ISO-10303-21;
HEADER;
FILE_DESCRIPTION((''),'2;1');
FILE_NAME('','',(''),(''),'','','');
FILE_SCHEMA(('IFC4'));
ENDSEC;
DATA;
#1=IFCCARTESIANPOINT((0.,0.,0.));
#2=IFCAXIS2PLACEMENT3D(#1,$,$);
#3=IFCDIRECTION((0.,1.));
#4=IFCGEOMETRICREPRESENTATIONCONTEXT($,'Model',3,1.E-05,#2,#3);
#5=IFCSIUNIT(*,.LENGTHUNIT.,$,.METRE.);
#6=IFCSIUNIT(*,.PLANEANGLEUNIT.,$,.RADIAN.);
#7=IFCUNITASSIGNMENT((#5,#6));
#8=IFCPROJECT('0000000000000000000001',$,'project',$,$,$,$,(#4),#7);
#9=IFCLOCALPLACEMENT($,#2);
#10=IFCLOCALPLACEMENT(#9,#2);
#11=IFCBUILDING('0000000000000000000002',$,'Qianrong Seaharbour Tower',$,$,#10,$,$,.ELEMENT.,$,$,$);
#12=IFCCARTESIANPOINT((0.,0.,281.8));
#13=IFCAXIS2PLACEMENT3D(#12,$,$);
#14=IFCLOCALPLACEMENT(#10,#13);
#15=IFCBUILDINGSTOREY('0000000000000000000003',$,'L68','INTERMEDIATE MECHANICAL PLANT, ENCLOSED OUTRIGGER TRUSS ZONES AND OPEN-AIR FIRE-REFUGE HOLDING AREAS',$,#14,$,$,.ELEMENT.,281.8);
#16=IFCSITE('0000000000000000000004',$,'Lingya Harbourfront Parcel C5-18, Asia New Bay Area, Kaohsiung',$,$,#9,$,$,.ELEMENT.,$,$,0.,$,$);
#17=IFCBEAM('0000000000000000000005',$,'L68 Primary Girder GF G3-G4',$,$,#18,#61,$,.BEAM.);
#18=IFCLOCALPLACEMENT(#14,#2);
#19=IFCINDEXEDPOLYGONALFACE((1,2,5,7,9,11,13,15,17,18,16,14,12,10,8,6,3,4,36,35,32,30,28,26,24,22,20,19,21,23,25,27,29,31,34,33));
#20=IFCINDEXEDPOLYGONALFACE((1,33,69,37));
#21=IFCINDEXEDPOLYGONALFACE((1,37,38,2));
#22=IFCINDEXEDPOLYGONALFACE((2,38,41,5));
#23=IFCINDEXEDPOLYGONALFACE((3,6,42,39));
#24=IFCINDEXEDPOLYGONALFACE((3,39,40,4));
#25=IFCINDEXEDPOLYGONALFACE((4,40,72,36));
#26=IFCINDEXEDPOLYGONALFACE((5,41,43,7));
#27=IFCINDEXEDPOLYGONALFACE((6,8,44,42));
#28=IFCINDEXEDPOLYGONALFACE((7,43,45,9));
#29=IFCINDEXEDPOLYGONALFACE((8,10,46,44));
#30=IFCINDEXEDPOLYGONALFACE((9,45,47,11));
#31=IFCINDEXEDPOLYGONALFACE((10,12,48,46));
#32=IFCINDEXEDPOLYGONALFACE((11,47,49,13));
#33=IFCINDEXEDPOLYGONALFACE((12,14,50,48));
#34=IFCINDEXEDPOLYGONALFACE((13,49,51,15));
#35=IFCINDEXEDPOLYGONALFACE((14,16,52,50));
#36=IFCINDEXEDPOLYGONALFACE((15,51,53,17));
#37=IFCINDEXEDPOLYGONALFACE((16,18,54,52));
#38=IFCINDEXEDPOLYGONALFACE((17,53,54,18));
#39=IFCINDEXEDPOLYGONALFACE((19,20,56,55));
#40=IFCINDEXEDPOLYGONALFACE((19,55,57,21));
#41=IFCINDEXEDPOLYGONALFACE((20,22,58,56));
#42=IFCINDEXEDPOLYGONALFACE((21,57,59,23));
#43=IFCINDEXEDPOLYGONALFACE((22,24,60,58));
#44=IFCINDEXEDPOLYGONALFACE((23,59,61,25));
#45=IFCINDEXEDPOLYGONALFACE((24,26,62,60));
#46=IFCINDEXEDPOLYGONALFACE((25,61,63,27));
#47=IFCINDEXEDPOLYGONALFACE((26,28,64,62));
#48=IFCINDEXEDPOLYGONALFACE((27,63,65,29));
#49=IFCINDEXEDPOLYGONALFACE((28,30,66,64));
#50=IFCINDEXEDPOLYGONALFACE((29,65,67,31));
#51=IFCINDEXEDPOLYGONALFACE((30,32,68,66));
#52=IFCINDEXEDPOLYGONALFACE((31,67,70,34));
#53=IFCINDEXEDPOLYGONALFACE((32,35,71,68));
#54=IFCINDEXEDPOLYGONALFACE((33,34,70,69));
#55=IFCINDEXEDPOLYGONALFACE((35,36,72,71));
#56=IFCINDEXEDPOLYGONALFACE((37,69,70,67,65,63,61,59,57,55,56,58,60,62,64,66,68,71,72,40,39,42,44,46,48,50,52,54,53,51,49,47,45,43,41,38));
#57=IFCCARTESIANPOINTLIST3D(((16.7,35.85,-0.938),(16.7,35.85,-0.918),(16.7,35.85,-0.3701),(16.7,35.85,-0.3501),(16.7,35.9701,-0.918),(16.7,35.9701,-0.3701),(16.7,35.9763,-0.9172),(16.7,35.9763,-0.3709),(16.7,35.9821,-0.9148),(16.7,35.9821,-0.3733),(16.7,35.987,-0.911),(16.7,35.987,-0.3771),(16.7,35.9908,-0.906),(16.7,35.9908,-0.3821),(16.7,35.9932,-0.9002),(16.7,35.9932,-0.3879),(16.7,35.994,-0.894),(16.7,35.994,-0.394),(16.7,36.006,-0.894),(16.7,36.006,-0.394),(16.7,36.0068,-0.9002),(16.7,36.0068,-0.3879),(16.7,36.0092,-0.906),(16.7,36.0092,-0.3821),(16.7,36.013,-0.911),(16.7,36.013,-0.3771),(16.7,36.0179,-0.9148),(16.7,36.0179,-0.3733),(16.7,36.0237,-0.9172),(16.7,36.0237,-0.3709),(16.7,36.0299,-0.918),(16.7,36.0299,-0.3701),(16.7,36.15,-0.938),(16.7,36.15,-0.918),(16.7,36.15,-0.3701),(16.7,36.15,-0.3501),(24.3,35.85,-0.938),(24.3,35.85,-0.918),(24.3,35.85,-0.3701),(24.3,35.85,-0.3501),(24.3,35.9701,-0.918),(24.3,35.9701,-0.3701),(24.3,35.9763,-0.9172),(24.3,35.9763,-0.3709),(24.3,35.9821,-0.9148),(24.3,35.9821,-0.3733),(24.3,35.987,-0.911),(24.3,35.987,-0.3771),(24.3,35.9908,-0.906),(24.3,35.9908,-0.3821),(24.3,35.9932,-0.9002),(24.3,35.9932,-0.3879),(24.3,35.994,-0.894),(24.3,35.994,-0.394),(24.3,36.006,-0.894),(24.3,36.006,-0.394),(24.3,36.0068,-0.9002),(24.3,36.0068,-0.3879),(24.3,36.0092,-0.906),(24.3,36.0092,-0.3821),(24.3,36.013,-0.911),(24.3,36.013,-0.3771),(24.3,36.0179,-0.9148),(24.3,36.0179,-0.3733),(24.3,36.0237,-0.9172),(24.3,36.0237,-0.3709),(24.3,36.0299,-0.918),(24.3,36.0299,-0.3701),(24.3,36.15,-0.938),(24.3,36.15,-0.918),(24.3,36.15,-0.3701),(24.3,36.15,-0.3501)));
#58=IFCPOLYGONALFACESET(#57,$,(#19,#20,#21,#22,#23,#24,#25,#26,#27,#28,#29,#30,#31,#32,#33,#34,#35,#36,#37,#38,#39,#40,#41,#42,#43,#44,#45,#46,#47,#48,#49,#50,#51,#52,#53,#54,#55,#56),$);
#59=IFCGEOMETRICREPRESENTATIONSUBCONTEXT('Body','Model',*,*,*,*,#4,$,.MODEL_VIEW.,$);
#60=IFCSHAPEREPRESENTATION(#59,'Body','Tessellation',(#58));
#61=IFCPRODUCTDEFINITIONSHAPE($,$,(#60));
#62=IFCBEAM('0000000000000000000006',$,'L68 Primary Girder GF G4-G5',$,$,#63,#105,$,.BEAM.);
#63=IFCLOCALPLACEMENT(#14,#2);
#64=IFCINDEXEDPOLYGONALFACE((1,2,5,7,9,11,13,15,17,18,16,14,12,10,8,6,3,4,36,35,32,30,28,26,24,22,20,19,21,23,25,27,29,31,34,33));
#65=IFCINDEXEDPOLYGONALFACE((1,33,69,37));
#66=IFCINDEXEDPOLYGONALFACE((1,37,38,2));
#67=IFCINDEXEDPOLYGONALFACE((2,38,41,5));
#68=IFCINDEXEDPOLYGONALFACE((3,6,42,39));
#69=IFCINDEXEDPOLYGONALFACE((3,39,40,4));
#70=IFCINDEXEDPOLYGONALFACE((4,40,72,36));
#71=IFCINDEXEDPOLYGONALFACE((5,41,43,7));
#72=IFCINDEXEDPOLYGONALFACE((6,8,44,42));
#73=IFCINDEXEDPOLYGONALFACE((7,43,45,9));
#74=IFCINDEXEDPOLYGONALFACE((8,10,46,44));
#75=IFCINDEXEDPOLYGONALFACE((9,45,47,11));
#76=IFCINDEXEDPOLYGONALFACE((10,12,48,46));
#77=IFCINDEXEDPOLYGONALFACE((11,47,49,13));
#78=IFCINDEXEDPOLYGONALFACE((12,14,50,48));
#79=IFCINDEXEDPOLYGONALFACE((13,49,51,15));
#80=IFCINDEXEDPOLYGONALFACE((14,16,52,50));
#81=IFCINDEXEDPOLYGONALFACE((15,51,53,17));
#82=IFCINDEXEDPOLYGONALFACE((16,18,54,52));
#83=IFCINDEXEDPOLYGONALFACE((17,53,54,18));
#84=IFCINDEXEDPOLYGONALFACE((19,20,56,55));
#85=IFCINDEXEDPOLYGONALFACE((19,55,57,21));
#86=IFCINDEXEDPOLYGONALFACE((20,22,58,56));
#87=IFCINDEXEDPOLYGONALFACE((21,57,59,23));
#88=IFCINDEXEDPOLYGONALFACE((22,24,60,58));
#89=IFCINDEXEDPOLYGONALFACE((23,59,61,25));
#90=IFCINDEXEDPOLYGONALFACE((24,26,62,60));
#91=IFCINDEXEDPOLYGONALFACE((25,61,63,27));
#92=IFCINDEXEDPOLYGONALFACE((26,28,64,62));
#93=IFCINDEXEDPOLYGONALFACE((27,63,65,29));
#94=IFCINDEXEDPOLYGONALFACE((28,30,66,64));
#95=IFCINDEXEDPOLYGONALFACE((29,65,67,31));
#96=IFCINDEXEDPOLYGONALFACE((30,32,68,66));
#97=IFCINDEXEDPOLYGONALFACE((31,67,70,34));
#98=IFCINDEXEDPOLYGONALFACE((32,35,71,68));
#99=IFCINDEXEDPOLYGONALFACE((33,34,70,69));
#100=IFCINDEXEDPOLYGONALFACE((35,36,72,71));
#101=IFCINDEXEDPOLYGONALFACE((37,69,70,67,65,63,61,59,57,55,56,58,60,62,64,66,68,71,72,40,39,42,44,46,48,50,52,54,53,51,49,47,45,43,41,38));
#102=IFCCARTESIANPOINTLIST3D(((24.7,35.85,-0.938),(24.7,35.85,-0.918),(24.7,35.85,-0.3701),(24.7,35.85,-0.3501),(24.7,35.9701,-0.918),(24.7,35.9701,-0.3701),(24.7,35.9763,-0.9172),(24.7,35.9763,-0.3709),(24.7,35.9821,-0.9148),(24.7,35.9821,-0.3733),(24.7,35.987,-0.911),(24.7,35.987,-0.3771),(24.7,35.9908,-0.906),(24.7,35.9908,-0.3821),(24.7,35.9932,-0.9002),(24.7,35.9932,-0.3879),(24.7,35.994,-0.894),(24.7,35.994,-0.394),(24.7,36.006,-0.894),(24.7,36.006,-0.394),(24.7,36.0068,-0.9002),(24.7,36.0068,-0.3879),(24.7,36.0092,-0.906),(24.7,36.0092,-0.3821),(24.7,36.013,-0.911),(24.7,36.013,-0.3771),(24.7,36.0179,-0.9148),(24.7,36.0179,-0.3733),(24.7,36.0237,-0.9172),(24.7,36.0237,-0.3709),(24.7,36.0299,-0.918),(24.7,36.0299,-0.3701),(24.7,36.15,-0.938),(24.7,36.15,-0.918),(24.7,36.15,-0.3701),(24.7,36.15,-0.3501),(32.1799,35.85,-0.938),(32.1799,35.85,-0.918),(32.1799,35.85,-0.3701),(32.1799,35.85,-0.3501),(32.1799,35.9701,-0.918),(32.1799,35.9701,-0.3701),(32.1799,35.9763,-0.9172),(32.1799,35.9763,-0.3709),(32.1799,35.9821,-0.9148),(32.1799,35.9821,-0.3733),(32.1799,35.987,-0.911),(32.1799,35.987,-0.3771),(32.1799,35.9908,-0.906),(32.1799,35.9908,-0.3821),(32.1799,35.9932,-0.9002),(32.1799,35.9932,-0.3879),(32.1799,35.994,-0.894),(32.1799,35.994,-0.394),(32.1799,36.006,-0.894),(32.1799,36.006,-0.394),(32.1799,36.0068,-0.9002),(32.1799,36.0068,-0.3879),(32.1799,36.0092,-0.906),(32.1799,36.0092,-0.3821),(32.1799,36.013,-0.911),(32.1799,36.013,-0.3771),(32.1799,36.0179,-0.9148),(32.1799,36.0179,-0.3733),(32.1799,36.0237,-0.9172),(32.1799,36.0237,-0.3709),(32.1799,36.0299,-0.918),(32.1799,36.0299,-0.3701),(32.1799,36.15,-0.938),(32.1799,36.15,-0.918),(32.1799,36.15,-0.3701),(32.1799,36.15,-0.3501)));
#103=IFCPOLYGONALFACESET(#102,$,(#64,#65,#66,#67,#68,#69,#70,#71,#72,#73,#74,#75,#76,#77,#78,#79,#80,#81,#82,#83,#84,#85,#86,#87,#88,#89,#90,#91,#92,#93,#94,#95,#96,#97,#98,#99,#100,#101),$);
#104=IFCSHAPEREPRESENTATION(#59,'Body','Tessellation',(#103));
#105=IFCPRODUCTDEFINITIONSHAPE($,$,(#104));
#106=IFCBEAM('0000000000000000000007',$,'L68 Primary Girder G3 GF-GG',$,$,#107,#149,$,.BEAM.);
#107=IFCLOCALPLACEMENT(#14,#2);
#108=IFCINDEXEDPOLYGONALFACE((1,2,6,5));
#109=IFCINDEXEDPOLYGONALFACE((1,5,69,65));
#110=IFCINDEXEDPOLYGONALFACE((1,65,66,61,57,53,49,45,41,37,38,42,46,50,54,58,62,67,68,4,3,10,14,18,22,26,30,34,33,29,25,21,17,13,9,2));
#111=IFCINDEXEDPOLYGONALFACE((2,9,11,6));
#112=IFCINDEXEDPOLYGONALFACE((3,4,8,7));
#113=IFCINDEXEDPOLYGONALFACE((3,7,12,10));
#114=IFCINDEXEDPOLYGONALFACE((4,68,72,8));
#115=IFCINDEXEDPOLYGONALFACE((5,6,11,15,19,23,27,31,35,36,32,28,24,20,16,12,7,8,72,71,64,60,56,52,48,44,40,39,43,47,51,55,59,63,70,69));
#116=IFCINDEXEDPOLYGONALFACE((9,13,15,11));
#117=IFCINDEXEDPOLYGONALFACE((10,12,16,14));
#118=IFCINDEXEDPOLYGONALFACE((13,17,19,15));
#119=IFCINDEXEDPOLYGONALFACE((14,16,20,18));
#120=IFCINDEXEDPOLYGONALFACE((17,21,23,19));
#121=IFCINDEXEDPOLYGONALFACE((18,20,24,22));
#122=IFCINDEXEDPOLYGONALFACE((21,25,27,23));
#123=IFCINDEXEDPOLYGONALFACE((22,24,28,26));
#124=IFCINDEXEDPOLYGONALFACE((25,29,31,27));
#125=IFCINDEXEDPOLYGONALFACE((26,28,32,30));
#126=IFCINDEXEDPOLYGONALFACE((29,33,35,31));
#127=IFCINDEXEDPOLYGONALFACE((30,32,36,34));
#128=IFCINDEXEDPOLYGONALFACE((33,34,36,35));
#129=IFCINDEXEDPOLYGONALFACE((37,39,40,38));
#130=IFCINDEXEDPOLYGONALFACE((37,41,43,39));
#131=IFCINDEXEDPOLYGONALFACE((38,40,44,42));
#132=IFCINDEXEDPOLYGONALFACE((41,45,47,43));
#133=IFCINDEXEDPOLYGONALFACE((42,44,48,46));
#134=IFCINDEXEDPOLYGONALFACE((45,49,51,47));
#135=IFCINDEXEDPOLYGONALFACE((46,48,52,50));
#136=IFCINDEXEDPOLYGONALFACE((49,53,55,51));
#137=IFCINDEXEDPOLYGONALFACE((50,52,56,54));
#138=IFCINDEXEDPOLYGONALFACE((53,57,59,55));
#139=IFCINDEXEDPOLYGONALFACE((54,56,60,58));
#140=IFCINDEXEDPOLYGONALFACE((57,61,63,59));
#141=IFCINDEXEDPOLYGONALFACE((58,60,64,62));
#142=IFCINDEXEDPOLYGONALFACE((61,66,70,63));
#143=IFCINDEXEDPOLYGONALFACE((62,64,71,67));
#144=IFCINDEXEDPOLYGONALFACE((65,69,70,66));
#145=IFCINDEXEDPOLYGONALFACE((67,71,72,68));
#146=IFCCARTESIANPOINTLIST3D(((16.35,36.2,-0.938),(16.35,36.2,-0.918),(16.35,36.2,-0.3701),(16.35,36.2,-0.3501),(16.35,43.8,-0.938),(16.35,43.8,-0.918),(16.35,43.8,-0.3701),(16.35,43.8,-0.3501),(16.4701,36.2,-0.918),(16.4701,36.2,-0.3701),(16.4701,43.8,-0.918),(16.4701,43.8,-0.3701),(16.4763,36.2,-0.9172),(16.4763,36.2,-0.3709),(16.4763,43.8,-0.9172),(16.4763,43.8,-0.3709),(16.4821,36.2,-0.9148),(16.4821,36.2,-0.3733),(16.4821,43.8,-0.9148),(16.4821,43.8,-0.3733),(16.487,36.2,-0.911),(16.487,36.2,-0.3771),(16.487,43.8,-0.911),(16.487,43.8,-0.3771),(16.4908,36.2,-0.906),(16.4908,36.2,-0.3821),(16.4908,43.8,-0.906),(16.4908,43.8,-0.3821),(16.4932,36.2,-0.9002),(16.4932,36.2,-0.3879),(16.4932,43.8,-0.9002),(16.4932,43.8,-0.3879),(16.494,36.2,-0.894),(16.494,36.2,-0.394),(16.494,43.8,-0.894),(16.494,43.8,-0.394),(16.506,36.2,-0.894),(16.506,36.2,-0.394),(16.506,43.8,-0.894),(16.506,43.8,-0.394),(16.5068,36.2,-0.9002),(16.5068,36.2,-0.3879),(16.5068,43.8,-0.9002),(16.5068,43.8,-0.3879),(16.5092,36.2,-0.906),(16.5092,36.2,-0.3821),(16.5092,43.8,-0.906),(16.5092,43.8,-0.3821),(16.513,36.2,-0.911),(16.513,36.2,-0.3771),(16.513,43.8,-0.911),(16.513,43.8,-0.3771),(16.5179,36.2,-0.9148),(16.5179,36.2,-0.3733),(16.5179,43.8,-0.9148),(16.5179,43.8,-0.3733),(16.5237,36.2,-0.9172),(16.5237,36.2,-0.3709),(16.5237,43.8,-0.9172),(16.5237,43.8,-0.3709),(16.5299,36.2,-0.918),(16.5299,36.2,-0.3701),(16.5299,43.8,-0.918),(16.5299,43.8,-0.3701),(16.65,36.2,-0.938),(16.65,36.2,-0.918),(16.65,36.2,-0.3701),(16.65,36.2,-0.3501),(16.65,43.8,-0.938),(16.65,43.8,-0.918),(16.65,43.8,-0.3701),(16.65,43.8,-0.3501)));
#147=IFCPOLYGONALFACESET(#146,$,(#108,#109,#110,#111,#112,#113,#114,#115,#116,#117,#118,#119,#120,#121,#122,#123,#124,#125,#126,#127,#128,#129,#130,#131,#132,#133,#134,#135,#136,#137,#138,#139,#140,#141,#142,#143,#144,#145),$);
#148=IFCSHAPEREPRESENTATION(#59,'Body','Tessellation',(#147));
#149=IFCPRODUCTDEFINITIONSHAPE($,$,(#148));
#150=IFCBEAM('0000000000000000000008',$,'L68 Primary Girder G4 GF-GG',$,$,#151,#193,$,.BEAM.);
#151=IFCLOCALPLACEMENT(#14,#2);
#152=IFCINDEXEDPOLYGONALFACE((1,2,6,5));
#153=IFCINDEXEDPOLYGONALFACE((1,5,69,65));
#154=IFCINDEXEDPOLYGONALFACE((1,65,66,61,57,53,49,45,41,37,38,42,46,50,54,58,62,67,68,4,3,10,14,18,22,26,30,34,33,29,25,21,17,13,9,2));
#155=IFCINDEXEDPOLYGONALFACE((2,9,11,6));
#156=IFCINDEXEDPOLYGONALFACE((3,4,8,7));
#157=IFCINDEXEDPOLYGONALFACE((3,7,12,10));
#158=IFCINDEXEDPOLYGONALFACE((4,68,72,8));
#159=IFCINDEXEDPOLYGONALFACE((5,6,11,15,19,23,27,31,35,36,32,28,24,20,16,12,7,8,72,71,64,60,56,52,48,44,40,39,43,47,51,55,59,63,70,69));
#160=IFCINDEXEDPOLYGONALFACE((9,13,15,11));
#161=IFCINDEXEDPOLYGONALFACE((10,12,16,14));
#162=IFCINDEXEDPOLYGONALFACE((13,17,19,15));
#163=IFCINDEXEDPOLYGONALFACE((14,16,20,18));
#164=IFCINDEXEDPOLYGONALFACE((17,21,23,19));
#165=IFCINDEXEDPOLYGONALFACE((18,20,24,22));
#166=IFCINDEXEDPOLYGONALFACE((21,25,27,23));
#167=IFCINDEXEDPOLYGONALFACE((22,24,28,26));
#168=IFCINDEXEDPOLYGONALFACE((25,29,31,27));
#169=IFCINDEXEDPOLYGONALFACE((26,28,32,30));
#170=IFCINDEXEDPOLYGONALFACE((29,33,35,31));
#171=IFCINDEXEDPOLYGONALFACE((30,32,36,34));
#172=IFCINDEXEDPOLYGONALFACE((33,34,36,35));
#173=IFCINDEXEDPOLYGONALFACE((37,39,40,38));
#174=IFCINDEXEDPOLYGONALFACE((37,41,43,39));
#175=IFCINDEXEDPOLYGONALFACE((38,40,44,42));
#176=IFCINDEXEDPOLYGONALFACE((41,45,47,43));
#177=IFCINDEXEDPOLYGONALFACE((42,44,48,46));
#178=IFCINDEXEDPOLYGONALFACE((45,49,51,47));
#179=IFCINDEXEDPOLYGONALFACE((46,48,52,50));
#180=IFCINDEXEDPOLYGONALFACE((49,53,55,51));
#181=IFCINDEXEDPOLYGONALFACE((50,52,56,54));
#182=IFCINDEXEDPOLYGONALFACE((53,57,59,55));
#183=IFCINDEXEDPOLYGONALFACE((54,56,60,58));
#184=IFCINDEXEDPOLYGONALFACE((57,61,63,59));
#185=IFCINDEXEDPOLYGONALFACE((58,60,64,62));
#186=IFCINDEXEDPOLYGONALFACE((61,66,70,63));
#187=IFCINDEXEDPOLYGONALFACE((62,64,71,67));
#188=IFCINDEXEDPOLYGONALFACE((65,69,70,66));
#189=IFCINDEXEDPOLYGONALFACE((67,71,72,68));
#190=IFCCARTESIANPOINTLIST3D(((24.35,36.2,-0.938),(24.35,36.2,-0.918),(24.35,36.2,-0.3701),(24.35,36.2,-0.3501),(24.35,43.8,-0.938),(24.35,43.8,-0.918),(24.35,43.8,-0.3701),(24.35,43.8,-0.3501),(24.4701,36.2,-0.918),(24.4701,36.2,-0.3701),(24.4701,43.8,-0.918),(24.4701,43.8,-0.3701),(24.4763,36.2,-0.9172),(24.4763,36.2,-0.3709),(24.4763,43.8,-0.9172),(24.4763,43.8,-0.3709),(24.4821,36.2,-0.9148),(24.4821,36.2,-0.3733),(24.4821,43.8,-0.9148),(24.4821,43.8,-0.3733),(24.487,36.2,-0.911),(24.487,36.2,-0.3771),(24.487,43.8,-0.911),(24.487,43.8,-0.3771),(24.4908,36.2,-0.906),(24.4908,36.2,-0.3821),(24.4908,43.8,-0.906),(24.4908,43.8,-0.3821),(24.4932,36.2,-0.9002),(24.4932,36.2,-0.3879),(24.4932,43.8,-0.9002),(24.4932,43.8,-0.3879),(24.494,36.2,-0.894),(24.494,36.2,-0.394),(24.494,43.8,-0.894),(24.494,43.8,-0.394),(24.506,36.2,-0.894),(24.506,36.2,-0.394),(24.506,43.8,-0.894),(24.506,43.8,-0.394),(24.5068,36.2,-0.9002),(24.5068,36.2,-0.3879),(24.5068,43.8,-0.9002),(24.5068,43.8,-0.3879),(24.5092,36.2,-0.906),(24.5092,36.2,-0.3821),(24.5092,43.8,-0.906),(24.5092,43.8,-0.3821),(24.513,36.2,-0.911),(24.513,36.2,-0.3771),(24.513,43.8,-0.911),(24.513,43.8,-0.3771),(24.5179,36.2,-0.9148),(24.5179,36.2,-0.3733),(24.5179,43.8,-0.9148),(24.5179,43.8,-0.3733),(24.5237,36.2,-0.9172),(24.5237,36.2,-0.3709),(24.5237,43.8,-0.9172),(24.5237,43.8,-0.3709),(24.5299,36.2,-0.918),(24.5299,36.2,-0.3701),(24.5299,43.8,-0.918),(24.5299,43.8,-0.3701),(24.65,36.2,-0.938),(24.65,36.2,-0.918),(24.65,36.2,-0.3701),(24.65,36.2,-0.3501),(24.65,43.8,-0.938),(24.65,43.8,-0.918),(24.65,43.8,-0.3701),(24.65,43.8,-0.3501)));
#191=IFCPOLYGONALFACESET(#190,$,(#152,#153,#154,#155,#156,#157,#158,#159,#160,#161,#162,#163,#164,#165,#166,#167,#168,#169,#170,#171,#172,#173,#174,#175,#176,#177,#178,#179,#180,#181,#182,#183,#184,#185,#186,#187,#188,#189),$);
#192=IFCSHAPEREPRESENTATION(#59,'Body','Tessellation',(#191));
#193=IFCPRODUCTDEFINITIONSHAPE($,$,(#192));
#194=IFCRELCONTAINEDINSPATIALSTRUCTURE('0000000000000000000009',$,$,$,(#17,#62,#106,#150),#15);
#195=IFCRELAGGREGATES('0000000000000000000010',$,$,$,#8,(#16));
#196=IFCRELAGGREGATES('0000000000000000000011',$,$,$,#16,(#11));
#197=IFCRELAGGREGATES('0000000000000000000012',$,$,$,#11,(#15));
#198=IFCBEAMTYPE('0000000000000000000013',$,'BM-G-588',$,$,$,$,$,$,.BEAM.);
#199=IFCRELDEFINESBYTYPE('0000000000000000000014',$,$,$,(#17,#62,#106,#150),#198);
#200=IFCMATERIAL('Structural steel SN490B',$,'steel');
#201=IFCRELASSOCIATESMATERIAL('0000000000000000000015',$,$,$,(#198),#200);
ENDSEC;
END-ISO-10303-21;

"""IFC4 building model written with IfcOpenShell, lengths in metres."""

from ifc_helpers import new_model, si_unit, direction, frame, origin, origin_2d, place, context, subcontext, project, spatial, i_section, extrude, material, material_profile, profile_set, type_object, element, save


model = new_model("IFC4")

# Units and contexts
model_context = context("Model", 3, precision=1e-05, world=origin(), true_north=direction((0.0, 1.0)))
body_context = subcontext(model_context, "Body", "Model", "MODEL_VIEW")
ifc_project = project(units=[si_unit("LENGTHUNIT", "METRE"), si_unit("PLANEANGLEUNIT", "RADIAN")], contexts=[model_context])

# Site, building, storey
site_placement = place(None, origin())
site = spatial("IfcSite", under=ifc_project, at=site_placement, Name="Lingya Harbourfront Parcel C5-18, Asia New Bay Area, Kaohsiung", CompositionType="ELEMENT", RefElevation=0.0)
building_placement = place(site_placement, origin())
building = spatial("IfcBuilding", under=site, at=building_placement, Name="Qianrong Seaharbour Tower", CompositionType="ELEMENT")
storey_placement = place(building_placement, frame((0.0, 0.0, 281.8)))
storey = spatial("IfcBuildingStorey", under=building, at=storey_placement, Name="L68", Description="INTERMEDIATE MECHANICAL PLANT, ENCLOSED OUTRIGGER TRUSS ZONES AND OPEN-AIR FIRE-REFUGE HOLDING AREAS", CompositionType="ELEMENT", Elevation=281.8)

# Shared definitions
ifc_material_1 = material(Name="Structural steel SN490B", Category="steel")

# Beams
ifc_material_profile_1 = material_profile(ifc_material_1, i_section(OverallWidth=0.3, OverallDepth=0.5879, WebThickness=0.012, FlangeThickness=0.02, FilletRadius=0.0239, at=origin_2d()), Name="H588x300x12x20")
ifc_profile_set_1 = profile_set([ifc_material_profile_1], Name="Structural steel SN490B")
beam_type_1 = type_object("IfcBeamType", Name="BM-G-588", PredefinedType="BEAM", material=ifc_profile_set_1)
beam_1_placement = place(storey_placement, frame((16.7, 36.0, -0.644), z_axis=(1.0, 0.0, 0.0), x_axis=(0.0, 1.0, 0.0)))
element("IfcBeam", 1, at=beam_1_placement, inside=storey, type_object=beam_type_1, Name="L68 Primary Girder GF G3-G4", PredefinedType="BEAM", context=body_context, shape_type="SweptSolid", body=[
    extrude(i_section(OverallWidth=0.3, OverallDepth=0.5879, WebThickness=0.012, FlangeThickness=0.02, FilletRadius=0.0239, at=origin_2d()), origin(), (0.0, 0.0, 1.0), 7.6001),
])
beam_2_placement = place(storey_placement, frame((24.7, 36.0, -0.644), z_axis=(1.0, 0.0, 0.0), x_axis=(0.0, 1.0, 0.0)))
element("IfcBeam", 2, at=beam_2_placement, inside=storey, type_object=beam_type_1, Name="L68 Primary Girder GF G4-G5", PredefinedType="BEAM", context=body_context, shape_type="SweptSolid", body=[
    extrude(i_section(OverallWidth=0.3, OverallDepth=0.5879, WebThickness=0.012, FlangeThickness=0.02, FilletRadius=0.0239, at=origin_2d()), origin(), (0.0, 0.0, 1.0), 7.48),
])
for number, where, z_axis, x_axis, name in (
    (3, (16.5, 36.2, -0.644), (0.0, 1.0, 0.0), (-1.0, 0.0, 0.0), "L68 Primary Girder G3 GF-GG"),
    (4, (24.5, 36.2, -0.644), (0.0, 1.0, 0.0), (-1.0, 0.0, 0.0), "L68 Primary Girder G4 GF-GG"),
):
    element("IfcBeam", number, at=place(storey_placement, frame(where, z_axis=z_axis, x_axis=x_axis)), inside=storey, type_object=beam_type_1, Name=name, PredefinedType="BEAM", context=body_context, shape_type="SweptSolid", body=[
        extrude(i_section(OverallWidth=0.3, OverallDepth=0.5879, WebThickness=0.012, FlangeThickness=0.02, FilletRadius=0.0239, at=origin_2d()), origin(), (0.0, 0.0, 1.0), 7.6001),
    ])

save(model, "model.ifc")
